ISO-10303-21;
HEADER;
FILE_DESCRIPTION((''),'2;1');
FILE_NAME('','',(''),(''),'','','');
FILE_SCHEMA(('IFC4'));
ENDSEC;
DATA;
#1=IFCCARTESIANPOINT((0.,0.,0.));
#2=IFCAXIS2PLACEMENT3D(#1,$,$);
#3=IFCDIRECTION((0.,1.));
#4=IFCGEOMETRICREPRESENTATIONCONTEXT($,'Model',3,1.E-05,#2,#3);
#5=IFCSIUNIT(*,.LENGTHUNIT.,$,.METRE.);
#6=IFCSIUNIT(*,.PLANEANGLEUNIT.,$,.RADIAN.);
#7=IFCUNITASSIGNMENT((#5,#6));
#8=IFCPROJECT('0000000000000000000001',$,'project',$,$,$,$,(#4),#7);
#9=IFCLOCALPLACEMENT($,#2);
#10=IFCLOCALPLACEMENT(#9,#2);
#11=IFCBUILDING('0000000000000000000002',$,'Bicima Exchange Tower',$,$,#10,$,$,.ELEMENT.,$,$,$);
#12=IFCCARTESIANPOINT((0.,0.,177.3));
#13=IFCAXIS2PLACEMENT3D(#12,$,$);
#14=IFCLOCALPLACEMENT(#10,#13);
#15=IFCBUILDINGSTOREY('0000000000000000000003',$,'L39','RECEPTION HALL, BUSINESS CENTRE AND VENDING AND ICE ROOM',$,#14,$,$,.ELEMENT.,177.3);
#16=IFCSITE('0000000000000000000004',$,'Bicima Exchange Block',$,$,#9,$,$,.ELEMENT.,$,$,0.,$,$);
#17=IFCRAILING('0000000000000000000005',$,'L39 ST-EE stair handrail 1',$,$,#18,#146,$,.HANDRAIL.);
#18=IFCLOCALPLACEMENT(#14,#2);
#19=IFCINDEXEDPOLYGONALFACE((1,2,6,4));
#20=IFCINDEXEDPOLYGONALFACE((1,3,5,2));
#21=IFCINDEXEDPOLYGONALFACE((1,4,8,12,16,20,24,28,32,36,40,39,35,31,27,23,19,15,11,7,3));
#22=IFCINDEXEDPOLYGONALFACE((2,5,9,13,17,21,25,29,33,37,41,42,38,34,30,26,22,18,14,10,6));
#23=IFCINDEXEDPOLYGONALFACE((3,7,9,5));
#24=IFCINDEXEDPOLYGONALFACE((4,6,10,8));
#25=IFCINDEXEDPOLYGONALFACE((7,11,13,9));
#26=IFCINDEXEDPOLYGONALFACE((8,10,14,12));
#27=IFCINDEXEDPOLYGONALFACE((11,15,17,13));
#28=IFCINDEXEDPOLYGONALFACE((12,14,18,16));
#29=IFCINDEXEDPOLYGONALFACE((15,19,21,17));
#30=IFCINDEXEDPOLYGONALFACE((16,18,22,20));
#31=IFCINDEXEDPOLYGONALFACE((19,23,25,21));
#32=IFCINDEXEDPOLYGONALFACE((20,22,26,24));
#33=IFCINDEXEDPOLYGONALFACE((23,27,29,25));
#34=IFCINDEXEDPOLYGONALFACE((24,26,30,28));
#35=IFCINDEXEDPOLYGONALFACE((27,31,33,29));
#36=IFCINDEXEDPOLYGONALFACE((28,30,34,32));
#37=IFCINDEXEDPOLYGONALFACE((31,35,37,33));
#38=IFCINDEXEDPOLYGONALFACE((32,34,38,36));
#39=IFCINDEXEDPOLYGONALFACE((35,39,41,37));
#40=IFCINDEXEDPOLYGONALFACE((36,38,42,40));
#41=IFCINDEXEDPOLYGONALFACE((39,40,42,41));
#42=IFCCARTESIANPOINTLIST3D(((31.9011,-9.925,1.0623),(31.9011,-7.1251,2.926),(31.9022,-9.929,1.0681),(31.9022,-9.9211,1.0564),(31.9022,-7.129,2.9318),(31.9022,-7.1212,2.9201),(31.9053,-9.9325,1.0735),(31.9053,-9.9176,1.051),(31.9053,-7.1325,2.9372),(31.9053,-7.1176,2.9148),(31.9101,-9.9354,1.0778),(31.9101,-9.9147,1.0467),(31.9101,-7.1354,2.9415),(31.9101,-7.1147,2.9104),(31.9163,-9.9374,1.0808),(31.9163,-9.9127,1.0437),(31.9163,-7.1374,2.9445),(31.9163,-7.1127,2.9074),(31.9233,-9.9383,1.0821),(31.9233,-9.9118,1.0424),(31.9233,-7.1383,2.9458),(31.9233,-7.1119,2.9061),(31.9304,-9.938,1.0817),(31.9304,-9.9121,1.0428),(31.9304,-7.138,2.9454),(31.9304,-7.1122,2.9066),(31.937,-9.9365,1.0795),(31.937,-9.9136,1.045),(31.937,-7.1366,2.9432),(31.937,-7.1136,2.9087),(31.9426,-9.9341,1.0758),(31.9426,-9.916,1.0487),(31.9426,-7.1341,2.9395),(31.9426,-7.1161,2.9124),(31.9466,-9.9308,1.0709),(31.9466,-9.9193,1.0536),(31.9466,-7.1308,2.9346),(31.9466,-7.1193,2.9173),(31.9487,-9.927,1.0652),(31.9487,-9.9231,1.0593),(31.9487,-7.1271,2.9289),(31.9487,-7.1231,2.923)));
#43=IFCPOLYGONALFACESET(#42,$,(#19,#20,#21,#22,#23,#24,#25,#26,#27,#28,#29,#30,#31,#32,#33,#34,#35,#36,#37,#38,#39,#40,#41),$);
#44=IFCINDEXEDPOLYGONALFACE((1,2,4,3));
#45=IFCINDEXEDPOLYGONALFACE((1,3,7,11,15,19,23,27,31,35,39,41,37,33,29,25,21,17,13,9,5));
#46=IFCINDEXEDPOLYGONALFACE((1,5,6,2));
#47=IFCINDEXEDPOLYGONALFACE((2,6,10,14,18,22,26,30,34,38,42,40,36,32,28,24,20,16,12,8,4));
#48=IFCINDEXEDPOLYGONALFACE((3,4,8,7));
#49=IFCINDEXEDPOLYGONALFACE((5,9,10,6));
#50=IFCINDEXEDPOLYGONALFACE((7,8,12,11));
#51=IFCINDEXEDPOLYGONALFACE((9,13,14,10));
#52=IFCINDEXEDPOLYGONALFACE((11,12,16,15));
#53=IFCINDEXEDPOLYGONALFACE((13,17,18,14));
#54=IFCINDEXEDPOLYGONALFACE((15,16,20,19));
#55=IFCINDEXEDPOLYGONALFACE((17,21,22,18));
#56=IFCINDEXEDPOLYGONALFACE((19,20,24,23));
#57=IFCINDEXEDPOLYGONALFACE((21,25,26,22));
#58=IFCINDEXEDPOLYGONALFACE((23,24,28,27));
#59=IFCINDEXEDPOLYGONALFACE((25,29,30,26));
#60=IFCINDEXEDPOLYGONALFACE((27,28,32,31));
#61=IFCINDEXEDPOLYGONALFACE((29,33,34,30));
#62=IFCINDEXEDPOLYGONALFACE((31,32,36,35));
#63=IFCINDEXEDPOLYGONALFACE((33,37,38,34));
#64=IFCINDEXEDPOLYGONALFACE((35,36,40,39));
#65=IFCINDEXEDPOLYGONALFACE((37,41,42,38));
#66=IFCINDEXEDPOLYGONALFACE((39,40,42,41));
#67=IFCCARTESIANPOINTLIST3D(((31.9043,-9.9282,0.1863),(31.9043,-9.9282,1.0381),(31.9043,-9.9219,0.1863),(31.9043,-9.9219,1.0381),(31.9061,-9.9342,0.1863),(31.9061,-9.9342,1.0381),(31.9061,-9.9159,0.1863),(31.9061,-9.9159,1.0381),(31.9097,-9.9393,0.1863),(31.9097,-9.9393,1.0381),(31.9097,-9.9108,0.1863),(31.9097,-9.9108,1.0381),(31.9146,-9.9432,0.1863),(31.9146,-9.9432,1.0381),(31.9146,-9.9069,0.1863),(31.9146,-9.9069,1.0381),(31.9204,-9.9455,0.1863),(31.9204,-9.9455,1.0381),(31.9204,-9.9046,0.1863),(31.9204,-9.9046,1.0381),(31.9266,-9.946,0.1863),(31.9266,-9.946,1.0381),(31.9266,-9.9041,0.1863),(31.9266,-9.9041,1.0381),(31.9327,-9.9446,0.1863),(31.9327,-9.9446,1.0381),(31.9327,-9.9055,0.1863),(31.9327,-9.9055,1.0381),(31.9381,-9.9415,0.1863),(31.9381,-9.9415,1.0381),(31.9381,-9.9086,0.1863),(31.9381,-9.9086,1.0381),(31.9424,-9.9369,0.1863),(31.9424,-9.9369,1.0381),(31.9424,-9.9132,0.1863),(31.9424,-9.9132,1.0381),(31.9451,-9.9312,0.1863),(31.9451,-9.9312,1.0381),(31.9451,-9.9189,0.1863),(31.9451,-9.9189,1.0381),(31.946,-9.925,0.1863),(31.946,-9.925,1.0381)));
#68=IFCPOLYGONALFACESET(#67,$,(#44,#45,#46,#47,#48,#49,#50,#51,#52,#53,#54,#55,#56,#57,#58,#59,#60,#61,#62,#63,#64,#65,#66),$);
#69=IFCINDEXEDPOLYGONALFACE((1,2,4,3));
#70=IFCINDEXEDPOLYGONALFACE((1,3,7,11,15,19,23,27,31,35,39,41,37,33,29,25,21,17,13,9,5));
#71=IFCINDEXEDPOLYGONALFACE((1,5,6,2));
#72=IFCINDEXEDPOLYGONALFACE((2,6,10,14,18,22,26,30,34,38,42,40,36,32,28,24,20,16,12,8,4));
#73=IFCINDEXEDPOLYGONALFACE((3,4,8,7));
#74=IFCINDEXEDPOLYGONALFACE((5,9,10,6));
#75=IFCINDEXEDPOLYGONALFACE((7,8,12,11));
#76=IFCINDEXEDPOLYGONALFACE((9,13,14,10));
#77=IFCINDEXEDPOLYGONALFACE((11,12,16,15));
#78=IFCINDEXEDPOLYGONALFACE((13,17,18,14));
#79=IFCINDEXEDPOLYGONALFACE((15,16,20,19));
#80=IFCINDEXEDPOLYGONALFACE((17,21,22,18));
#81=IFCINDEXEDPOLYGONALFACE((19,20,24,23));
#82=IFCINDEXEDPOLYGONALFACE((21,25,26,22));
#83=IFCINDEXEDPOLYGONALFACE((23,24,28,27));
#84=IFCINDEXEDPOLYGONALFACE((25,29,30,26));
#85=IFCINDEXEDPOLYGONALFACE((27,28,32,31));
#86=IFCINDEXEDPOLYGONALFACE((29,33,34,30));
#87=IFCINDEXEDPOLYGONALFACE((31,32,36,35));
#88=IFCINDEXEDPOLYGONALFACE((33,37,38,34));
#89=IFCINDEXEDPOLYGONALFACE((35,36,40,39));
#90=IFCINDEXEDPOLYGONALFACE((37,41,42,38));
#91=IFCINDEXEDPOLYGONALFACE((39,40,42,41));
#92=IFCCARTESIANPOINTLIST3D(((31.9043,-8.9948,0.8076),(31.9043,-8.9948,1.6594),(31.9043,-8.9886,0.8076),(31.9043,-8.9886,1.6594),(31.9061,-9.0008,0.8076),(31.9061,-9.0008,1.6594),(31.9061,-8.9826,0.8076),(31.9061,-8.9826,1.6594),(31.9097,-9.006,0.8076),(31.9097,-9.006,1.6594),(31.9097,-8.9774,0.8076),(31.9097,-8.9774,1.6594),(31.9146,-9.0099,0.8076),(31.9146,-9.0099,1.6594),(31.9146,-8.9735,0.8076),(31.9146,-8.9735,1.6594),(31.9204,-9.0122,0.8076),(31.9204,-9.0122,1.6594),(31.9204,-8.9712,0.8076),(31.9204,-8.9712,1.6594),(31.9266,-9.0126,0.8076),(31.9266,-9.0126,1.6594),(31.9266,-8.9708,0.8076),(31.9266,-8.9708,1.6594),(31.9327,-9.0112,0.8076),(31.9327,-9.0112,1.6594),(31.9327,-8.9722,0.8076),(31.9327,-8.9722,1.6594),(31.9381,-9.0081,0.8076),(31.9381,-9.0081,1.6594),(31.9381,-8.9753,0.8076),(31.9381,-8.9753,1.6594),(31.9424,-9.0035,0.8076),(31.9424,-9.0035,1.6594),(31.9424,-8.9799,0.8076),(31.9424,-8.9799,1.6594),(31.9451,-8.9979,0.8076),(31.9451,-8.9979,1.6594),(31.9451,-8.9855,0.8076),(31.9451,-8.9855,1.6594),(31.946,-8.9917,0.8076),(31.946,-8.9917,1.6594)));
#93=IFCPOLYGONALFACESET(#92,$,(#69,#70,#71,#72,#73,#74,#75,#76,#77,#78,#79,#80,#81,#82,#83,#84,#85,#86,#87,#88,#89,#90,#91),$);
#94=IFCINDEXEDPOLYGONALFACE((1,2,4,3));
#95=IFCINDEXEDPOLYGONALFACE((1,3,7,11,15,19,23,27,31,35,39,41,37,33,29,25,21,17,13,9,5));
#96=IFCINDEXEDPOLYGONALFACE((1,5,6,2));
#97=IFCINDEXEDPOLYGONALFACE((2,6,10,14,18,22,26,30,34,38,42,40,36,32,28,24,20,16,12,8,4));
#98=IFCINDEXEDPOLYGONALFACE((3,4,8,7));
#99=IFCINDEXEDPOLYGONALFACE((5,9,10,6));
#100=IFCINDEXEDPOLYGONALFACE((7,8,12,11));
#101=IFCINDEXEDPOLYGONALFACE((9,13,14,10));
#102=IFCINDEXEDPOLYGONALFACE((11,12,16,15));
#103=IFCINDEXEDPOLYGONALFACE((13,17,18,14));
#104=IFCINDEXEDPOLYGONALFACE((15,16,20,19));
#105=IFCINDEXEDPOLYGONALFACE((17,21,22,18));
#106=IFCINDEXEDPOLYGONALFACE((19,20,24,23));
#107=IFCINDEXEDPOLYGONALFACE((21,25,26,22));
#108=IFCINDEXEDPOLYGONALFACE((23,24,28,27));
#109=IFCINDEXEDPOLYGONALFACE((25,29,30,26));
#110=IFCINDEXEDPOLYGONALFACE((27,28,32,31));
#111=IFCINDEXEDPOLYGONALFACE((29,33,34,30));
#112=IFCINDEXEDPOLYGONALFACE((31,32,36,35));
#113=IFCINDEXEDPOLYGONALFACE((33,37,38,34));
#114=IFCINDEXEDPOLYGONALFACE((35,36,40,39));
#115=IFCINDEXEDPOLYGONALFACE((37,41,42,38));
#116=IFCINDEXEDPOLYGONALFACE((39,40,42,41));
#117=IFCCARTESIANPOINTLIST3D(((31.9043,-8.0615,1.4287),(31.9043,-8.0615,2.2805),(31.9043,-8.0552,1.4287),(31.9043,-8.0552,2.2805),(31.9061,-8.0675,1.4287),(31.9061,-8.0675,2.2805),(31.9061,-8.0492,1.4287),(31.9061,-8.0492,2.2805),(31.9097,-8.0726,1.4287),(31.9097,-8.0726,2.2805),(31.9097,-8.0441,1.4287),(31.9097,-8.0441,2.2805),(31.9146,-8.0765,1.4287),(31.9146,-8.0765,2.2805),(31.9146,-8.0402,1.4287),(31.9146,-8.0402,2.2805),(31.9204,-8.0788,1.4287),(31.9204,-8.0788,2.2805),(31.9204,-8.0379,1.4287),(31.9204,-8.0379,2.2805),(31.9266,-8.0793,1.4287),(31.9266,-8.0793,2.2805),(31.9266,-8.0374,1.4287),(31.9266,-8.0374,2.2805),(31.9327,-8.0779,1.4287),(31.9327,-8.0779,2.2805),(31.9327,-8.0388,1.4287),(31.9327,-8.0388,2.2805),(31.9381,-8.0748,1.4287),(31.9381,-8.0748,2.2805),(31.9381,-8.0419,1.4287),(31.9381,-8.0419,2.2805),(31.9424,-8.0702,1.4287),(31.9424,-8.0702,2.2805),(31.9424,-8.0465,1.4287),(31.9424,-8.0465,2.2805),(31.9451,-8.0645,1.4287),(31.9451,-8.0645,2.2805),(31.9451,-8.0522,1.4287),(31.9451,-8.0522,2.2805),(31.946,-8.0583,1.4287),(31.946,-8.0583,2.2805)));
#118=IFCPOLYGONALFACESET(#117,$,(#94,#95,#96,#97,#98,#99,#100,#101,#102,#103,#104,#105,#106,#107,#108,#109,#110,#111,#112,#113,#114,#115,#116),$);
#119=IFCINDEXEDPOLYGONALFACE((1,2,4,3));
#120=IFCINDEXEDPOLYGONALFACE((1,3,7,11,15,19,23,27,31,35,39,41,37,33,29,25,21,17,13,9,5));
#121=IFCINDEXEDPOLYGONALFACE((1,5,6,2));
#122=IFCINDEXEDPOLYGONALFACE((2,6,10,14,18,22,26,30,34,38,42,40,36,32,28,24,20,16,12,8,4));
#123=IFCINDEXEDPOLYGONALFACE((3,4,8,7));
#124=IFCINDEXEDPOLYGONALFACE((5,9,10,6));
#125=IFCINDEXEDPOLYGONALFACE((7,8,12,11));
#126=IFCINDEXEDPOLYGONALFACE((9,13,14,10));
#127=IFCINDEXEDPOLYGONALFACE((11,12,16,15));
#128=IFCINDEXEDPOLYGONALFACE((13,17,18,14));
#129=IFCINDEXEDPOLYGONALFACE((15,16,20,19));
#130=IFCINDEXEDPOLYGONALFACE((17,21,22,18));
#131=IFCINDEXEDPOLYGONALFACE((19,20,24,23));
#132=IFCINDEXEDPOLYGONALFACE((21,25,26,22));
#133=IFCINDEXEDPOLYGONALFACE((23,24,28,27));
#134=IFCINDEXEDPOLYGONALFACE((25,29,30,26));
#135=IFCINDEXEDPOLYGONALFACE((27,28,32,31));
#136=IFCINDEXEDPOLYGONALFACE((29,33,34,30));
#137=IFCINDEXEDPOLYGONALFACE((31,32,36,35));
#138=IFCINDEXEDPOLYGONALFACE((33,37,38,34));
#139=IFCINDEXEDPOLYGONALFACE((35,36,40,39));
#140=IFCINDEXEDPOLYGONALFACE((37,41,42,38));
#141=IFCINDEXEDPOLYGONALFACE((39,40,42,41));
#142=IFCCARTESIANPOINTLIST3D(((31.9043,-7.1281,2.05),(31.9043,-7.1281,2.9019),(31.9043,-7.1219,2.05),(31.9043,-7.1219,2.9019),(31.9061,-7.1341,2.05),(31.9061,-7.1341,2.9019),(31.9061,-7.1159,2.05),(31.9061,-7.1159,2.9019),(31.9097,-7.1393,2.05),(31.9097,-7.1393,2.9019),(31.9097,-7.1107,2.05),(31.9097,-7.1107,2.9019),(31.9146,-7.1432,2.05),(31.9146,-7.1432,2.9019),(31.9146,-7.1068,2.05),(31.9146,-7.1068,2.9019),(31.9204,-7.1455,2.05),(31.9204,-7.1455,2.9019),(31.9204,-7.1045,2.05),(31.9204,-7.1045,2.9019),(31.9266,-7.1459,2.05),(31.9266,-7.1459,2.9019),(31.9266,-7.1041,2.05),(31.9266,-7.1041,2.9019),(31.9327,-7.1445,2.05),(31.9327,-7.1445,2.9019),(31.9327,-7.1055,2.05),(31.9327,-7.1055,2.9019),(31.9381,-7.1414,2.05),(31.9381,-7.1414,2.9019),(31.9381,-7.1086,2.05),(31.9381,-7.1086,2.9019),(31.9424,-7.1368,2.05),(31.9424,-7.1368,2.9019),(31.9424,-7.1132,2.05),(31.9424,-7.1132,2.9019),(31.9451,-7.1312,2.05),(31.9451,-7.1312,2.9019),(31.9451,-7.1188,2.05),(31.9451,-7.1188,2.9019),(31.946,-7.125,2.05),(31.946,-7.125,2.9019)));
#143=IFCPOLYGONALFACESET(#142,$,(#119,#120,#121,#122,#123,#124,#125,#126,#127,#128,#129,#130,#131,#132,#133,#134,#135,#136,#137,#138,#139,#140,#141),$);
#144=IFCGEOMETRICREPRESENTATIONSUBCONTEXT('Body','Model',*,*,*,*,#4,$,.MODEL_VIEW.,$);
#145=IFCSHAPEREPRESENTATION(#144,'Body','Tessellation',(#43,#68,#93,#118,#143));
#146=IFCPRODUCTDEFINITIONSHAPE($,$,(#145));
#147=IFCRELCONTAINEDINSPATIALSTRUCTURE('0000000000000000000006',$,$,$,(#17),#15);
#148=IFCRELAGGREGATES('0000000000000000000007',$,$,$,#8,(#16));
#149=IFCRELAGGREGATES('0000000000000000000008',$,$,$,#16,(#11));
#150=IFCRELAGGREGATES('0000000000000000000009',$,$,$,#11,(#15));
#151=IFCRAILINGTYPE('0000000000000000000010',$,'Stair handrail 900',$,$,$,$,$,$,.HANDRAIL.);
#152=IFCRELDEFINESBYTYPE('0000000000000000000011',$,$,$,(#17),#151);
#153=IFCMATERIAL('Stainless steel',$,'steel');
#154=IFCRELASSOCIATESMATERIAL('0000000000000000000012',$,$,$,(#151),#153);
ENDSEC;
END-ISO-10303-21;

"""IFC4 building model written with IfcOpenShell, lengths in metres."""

from ifc_helpers import new_model, si_unit, direction, frame, origin, origin_2d, place, context, subcontext, project, spatial, circle, extrude, material, type_object, element, save


model = new_model("IFC4")

# Units and contexts
model_context = context("Model", 3, precision=1e-05, world=origin(), true_north=direction((0.0, 1.0)))
body_context = subcontext(model_context, "Body", "Model", "MODEL_VIEW")
ifc_project = project(units=[si_unit("LENGTHUNIT", "METRE"), si_unit("PLANEANGLEUNIT", "RADIAN")], contexts=[model_context])

# Site, building, storey
site_placement = place(None, origin())
site = spatial("IfcSite", under=ifc_project, at=site_placement, Name="Bicima Exchange Block", CompositionType="ELEMENT", RefElevation=0.0)
building_placement = place(site_placement, origin())
building = spatial("IfcBuilding", under=site, at=building_placement, Name="Bicima Exchange Tower", CompositionType="ELEMENT")
storey_placement = place(building_placement, frame((0.0, 0.0, 177.3)))
storey = spatial("IfcBuildingStorey", under=building, at=storey_placement, Name="L39", Description="RECEPTION HALL, BUSINESS CENTRE AND VENDING AND ICE ROOM", CompositionType="ELEMENT", Elevation=177.3)

# Railing
ifc_material_1 = material(Name="Stainless steel", Category="steel")
railing_type = type_object("IfcRailingType", Name="Stair handrail 900", PredefinedType="HANDRAIL", material=ifc_material_1)
railing_placement = place(storey_placement, frame((31.925, -9.925, 0.1863)))
element("IfcRailing", 1, at=railing_placement, inside=storey, type_object=railing_type, Name="L39 ST-EE stair handrail 1", PredefinedType="HANDRAIL", context=body_context, shape_type="SweptSolid", body=[
    extrude(circle(Radius=0.0239, at=origin_2d()), frame((0.0, 0.0, 0.876), z_axis=(0.0, 0.832452, 0.554097), x_axis=(-1.0, 0.0, 0.0)), (0.0, 0.0, 1.0), 3.3635),
    extrude(circle(Radius=0.021, at=origin_2d()), origin(), (0.0, 0.0, 1.0), 0.8518),
    extrude(circle(Radius=0.021, at=origin_2d()), frame((0.0, 0.9333, 0.6213)), (0.0, 0.0, 1.0), 0.8518),
    extrude(circle(Radius=0.021, at=origin_2d()), frame((0.0, 1.8667, 1.2424)), (0.0, 0.0, 1.0), 0.8518),
    extrude(circle(Radius=0.021, at=origin_2d()), frame((0.0, 2.8, 1.8638)), (0.0, 0.0, 1.0), 0.8518),
])

save(model, "model.ifc")
